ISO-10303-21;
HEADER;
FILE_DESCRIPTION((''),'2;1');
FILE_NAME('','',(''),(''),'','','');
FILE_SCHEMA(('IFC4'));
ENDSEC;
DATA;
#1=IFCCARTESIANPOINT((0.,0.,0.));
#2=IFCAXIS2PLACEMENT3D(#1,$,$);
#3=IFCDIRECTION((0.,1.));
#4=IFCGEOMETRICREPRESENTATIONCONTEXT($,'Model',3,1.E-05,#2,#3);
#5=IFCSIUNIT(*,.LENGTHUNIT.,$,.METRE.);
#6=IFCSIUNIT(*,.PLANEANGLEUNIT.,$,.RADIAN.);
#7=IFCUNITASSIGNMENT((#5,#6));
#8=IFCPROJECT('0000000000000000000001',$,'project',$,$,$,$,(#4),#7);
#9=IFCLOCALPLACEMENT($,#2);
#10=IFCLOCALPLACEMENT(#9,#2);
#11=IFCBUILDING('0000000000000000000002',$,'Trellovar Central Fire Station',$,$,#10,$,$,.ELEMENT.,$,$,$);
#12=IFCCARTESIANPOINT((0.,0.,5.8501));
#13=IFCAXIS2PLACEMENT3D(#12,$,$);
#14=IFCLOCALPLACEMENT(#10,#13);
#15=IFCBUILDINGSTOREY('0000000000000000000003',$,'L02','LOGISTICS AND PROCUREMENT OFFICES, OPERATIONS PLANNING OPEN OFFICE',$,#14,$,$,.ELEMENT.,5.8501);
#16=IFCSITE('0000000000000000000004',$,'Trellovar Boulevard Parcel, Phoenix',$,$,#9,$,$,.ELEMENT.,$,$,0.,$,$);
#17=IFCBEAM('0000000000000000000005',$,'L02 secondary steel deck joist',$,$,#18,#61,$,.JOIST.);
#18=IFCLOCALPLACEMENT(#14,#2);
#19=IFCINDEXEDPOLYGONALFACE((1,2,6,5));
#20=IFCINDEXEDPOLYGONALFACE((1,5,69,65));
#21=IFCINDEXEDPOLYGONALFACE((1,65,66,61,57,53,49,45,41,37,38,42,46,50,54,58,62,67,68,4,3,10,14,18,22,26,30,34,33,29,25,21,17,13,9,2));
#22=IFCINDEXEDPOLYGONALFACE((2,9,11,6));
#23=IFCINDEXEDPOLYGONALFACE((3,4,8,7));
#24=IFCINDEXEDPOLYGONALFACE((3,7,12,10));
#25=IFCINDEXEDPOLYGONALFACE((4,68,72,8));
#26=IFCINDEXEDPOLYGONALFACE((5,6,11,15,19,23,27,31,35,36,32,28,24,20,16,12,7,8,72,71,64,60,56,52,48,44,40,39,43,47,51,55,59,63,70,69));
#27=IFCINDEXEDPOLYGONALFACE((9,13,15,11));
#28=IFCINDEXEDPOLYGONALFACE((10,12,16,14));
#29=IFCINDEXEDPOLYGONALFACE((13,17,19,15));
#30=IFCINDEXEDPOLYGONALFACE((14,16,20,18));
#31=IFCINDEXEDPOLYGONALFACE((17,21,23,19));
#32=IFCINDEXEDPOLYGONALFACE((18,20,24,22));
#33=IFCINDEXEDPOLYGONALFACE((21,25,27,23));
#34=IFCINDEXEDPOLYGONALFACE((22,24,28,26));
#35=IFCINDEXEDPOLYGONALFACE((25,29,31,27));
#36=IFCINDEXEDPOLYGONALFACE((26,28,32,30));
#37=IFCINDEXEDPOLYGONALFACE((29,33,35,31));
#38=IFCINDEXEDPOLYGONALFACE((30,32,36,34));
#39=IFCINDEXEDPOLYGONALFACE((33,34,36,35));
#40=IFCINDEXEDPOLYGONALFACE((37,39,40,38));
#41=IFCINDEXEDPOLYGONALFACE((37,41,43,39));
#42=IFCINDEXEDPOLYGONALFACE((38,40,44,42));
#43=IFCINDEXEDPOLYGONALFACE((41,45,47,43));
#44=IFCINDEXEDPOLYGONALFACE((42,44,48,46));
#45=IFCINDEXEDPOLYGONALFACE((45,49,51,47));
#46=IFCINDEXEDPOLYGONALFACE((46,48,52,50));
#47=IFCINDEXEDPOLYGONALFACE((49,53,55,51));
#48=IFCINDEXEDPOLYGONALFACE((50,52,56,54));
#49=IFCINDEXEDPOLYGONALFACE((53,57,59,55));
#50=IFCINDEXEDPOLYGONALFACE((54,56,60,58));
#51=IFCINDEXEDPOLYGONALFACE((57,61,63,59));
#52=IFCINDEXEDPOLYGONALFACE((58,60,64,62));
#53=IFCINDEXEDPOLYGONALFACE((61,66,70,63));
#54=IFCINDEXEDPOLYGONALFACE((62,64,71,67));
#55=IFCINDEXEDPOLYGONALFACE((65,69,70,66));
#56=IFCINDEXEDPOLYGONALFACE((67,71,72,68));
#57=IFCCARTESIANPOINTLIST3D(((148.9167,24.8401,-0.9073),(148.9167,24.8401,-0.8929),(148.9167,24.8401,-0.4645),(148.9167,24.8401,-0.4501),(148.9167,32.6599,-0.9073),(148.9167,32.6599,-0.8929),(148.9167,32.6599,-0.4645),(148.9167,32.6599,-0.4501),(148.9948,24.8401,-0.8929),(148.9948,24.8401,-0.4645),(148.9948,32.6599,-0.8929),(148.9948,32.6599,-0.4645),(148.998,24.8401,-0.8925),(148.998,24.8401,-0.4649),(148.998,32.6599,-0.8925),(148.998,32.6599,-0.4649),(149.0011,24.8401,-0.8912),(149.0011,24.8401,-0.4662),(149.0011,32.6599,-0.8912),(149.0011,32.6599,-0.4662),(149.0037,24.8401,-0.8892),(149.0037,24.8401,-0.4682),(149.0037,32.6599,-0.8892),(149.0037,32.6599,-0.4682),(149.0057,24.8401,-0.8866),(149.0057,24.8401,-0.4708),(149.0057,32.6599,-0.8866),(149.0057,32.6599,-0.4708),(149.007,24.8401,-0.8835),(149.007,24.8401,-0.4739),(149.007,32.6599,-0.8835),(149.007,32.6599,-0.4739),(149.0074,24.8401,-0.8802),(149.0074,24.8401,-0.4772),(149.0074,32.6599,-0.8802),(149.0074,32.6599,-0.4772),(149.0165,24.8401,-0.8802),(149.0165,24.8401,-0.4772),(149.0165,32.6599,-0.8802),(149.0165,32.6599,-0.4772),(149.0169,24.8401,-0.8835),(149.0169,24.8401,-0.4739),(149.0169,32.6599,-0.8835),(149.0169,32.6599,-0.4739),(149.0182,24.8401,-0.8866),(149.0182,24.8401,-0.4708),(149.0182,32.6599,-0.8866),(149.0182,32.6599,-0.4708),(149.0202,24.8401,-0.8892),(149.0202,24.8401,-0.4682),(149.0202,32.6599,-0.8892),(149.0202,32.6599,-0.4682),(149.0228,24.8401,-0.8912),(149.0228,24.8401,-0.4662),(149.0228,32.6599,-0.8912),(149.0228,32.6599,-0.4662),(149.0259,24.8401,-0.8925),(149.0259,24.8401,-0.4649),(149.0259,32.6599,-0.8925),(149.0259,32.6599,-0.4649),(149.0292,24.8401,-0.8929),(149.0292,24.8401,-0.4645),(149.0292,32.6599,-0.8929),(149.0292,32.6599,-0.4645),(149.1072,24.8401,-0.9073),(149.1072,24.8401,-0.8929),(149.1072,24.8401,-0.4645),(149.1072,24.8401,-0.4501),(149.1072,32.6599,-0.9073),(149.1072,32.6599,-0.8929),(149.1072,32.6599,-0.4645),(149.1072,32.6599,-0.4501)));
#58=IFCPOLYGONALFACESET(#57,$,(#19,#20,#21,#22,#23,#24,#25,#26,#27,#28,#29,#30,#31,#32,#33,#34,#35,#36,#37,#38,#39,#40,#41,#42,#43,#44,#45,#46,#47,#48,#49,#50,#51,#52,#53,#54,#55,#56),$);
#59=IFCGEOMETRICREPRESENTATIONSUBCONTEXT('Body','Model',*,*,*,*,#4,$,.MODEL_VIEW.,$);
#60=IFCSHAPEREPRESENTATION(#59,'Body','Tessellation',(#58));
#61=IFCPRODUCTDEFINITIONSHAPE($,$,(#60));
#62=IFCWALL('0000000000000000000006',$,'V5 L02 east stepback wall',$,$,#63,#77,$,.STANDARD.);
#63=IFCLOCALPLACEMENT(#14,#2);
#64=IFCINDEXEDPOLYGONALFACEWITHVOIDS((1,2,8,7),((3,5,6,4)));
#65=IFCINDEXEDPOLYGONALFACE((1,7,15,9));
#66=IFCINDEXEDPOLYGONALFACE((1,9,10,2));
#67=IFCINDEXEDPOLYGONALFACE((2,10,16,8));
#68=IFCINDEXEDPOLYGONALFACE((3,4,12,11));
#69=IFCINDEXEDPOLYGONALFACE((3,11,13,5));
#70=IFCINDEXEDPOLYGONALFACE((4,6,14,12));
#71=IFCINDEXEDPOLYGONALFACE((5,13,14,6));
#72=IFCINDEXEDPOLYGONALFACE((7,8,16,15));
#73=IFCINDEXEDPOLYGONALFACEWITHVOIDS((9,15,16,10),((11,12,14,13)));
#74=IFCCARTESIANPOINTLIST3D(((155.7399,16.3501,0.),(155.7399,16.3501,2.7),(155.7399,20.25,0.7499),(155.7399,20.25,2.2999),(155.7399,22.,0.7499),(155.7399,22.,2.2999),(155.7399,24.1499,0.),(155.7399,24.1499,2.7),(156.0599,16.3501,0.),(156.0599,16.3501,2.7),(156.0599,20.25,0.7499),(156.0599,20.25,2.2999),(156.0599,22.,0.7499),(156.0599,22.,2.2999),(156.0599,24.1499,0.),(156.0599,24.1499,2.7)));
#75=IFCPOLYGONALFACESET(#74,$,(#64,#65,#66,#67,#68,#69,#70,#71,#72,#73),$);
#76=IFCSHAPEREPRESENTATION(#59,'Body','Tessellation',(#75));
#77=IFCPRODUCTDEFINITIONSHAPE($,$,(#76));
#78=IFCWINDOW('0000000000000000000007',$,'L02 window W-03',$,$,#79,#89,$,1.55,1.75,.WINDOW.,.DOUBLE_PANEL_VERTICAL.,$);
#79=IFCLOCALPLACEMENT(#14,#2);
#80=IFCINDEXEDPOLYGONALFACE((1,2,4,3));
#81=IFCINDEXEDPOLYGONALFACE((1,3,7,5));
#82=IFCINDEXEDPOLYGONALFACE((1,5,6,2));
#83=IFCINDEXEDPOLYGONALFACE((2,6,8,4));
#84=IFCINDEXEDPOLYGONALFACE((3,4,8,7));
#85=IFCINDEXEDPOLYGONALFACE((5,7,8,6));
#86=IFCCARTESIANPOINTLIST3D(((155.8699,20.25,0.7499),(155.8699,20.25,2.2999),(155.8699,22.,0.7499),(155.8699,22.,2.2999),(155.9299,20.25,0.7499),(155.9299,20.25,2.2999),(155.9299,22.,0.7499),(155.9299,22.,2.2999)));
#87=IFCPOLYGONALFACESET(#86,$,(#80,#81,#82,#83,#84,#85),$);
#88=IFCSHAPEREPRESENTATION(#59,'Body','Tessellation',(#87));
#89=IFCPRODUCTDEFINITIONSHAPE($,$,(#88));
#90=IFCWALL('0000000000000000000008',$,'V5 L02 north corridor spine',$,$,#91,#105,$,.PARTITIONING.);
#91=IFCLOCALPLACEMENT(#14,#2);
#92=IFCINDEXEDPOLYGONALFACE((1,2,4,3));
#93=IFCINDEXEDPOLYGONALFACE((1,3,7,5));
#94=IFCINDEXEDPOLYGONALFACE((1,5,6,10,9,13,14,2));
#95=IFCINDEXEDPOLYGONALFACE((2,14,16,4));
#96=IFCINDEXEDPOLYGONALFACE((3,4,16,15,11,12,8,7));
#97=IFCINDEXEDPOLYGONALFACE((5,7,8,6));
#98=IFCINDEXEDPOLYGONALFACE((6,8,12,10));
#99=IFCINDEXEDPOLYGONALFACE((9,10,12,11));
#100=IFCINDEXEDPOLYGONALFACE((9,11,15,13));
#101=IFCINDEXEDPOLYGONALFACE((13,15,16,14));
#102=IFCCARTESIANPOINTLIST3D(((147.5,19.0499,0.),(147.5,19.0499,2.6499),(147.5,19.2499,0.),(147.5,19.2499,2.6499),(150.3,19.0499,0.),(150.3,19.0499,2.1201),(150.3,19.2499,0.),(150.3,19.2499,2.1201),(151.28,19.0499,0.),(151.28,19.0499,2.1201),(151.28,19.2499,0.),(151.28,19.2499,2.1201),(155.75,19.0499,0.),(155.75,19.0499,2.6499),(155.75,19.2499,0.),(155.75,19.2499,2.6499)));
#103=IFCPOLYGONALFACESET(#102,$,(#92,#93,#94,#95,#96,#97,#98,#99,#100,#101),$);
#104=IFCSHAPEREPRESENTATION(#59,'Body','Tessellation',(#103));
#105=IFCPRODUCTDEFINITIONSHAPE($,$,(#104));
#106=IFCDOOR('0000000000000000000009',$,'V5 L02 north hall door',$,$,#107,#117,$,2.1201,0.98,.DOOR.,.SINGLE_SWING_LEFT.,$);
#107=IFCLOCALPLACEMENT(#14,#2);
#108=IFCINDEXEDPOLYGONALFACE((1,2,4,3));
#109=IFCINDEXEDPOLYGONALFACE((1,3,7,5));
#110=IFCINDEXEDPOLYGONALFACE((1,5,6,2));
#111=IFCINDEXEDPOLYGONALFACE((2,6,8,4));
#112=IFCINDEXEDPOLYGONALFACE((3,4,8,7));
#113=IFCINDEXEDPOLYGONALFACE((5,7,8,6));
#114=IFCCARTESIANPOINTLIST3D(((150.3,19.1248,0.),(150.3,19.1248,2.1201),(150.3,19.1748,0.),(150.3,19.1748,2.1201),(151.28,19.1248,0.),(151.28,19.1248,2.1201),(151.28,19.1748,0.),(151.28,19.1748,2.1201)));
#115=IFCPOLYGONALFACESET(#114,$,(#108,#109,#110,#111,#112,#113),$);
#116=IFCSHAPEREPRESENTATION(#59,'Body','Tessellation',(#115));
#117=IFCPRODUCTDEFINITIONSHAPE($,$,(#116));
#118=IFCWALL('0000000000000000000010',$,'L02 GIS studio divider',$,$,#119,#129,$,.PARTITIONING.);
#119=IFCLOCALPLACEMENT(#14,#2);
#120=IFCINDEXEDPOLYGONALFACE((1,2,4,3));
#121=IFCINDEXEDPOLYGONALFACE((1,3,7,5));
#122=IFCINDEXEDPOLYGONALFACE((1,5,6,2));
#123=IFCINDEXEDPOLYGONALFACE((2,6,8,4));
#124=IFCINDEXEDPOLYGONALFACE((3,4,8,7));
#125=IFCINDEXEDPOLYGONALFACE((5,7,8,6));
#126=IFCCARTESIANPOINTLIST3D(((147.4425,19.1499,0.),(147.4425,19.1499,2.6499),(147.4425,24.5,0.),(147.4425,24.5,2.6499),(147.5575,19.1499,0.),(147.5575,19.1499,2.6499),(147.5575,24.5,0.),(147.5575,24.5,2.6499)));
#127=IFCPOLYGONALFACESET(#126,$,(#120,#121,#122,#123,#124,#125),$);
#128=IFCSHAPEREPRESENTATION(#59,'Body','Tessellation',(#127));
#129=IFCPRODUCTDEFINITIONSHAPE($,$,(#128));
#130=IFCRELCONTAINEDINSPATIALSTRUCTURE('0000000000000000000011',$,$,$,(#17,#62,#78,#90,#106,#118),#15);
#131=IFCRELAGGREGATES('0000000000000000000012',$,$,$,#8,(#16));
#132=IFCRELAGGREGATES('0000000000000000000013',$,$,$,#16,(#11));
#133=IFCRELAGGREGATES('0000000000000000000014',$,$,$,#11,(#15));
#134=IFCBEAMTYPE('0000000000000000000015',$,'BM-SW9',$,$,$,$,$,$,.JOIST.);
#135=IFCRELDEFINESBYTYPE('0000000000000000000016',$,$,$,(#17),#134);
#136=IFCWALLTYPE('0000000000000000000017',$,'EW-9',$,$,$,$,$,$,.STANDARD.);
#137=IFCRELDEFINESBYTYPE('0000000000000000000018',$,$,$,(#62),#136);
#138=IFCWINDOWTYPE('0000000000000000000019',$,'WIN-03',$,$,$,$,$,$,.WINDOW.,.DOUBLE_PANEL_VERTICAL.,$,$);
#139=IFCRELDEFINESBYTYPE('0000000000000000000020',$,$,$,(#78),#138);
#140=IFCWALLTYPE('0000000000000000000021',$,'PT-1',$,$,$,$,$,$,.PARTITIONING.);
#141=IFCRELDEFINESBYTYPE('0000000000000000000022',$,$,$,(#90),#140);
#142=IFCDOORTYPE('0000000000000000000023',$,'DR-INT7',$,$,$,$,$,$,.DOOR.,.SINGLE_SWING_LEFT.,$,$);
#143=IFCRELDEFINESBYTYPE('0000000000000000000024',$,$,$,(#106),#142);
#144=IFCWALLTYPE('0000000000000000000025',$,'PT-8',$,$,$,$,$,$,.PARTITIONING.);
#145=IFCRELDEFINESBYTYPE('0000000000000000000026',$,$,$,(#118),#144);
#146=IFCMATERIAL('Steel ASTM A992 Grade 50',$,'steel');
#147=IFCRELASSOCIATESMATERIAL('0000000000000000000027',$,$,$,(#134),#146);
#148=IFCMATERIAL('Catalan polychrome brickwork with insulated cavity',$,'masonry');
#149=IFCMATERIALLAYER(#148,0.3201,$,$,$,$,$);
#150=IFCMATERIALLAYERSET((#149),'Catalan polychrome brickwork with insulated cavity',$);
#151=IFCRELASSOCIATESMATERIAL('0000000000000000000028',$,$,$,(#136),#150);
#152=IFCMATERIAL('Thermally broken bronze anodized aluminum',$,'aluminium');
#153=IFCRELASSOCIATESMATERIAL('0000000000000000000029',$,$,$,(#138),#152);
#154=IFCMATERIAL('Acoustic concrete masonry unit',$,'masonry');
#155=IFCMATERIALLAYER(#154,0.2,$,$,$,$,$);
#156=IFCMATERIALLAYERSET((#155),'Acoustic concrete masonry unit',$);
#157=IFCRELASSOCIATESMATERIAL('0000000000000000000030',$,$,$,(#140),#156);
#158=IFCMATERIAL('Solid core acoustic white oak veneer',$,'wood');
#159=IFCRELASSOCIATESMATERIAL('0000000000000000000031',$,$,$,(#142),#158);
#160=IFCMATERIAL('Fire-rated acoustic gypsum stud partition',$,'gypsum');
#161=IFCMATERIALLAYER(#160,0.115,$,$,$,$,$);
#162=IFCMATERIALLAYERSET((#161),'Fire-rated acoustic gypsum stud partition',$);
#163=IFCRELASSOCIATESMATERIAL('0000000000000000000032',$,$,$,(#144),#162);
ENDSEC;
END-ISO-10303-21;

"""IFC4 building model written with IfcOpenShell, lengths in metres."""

from ifc_helpers import new_model, si_unit, direction, frame, frame_2d, origin, origin_2d, place, context, subcontext, project, spatial, rectangle, i_section, extrude, material, layer, layer_set, material_profile, profile_set, type_object, element, fill, save


model = new_model("IFC4")

# Units and contexts
model_context = context("Model", 3, precision=1e-05, world=origin(), true_north=direction((0.0, 1.0)))
body_context = subcontext(model_context, "Body", "Model", "MODEL_VIEW")
ifc_project = project(units=[si_unit("LENGTHUNIT", "METRE"), si_unit("PLANEANGLEUNIT", "RADIAN")], contexts=[model_context])

# Site, building, storey
site_placement = place(None, origin())
site = spatial("IfcSite", under=ifc_project, at=site_placement, Name="Trellovar Boulevard Parcel, Phoenix", CompositionType="ELEMENT", RefElevation=0.0)
building_placement = place(site_placement, origin())
building = spatial("IfcBuilding", under=site, at=building_placement, Name="Trellovar Central Fire Station", CompositionType="ELEMENT")
storey_placement = place(building_placement, frame((0.0, 0.0, 5.8501)))
storey = spatial("IfcBuildingStorey", under=building, at=storey_placement, Name="L02", Description="LOGISTICS AND PROCUREMENT OFFICES, OPERATIONS PLANNING OPEN OFFICE", CompositionType="ELEMENT", Elevation=5.8501)

# Beam
ifc_material_1 = material(Name="Steel ASTM A992 Grade 50", Category="steel")
ifc_material_profile_1 = material_profile(ifc_material_1, i_section(OverallWidth=0.1904, OverallDepth=0.4573, WebThickness=0.009, FlangeThickness=0.0144, FilletRadius=0.0127, at=origin_2d()), Name="W18X50")
ifc_profile_set_1 = profile_set([ifc_material_profile_1], Name="Steel ASTM A992 Grade 50")
beam_type_1 = type_object("IfcBeamType", Name="BM-SW9", PredefinedType="JOIST", material=ifc_profile_set_1)
beam_placement = place(storey_placement, frame((149.012, 24.8401, -0.6787), z_axis=(0.0, 1.0, 0.0), x_axis=(-1.0, 0.0, 0.0)))
element("IfcBeam", 1, at=beam_placement, inside=storey, type_object=beam_type_1, Name="L02 secondary steel deck joist", PredefinedType="JOIST", context=body_context, shape_type="SweptSolid", body=[
    extrude(i_section(OverallWidth=0.1904, OverallDepth=0.4573, WebThickness=0.009, FlangeThickness=0.0144, FilletRadius=0.0127, at=origin_2d()), origin(), (0.0, 0.0, 1.0), 7.8198),
])

# Wall, opening, window
ifc_material_2 = material(Name="Catalan polychrome brickwork with insulated cavity", Category="masonry")
ifc_layer_1 = layer(ifc_material_2, 0.3201)
ifc_layer_set_1 = layer_set([ifc_layer_1], Name="Catalan polychrome brickwork with insulated cavity")
wall_type_1 = type_object("IfcWallType", Name="EW-9", PredefinedType="STANDARD", material=ifc_layer_set_1)
wall_1_placement = place(storey_placement, frame((155.8999, 16.3501, 0.0), z_axis=(0.0, 0.0, 1.0), x_axis=(0.0, 1.0, 0.0)))
wall_1 = element("IfcWall", 2, at=wall_1_placement, inside=storey, type_object=wall_type_1, Name="V5 L02 east stepback wall", PredefinedType="STANDARD", context=body_context, shape_type="SweptSolid", body=[
    extrude(rectangle(XDim=7.7998, YDim=0.3201, at=frame_2d((3.8999, 0.0))), origin(), (0.0, 0.0, 1.0), 2.7),
])
opening_1_placement = place(wall_1_placement, frame((3.8999, 0.0, 0.75)))
opening_1 = element("IfcOpeningElement", 3, at=opening_1_placement, cuts=wall_1, PredefinedType="OPENING", context=body_context, shape_type="SweptSolid", body=[
    extrude(rectangle(XDim=1.75, YDim=1.55, at=frame_2d((0.875, 0.7749))), frame((0.0, 0.1699, 0.0), z_axis=(0.0, -1.0, 0.0), x_axis=(1.0, 0.0, 0.0)), (0.0, 0.0, 1.0), 0.3401),
])
ifc_material_3 = material(Name="Thermally broken bronze anodized aluminum", Category="aluminium")
window_type = type_object("IfcWindowType", Name="WIN-03", PartitioningType="DOUBLE_PANEL_VERTICAL", PredefinedType="WINDOW", material=ifc_material_3)
window_placement = place(opening_1_placement, origin())
window = element("IfcWindow", 4, at=window_placement, inside=storey, type_object=window_type, Name="L02 window W-03", OverallHeight=1.55, OverallWidth=1.75, PartitioningType="DOUBLE_PANEL_VERTICAL", PredefinedType="WINDOW", context=body_context, shape_type="SweptSolid", body=[
    extrude(rectangle(XDim=1.75, YDim=1.55, at=frame_2d((0.875, 0.7749))), frame((0.0, 0.03, 0.0), z_axis=(0.0, -1.0, 0.0), x_axis=(1.0, 0.0, 0.0)), (0.0, 0.0, 1.0), 0.0601),
])
fill(opening_1, window)

# Wall, opening, door
ifc_material_4 = material(Name="Acoustic concrete masonry unit", Category="masonry")
ifc_layer_2 = layer(ifc_material_4, 0.2)
ifc_layer_set_2 = layer_set([ifc_layer_2], Name="Acoustic concrete masonry unit")
wall_type_2 = type_object("IfcWallType", Name="PT-1", PredefinedType="PARTITIONING", material=ifc_layer_set_2)
wall_2_placement = place(storey_placement, frame((147.5, 19.1499, 0.0), z_axis=(0.0, 0.0, 1.0), x_axis=(1.0, 0.0, 0.0)))
wall_2 = element("IfcWall", 5, at=wall_2_placement, inside=storey, type_object=wall_type_2, Name="V5 L02 north corridor spine", PredefinedType="PARTITIONING", context=body_context, shape_type="SweptSolid", body=[
    extrude(rectangle(XDim=8.25, YDim=0.2, at=frame_2d((4.125, 0.0))), origin(), (0.0, 0.0, 1.0), 2.6499),
])
opening_2_placement = place(wall_2_placement, frame((2.8, 0.0, 0.0)))
opening_2 = element("IfcOpeningElement", 6, at=opening_2_placement, cuts=wall_2, PredefinedType="OPENING", context=body_context, shape_type="SweptSolid", body=[
    extrude(rectangle(XDim=0.98, YDim=2.1201, at=frame_2d((0.49, 1.0601))), frame((0.0, 0.1099, 0.0), z_axis=(0.0, -1.0, 0.0), x_axis=(1.0, 0.0, 0.0)), (0.0, 0.0, 1.0), 0.22),
])
ifc_material_5 = material(Name="Solid core acoustic white oak veneer", Category="wood")
door_type = type_object("IfcDoorType", Name="DR-INT7", OperationType="SINGLE_SWING_LEFT", PredefinedType="DOOR", material=ifc_material_5)
door_placement = place(opening_2_placement, origin())
door = element("IfcDoor", 7, at=door_placement, inside=storey, type_object=door_type, Name="V5 L02 north hall door", OperationType="SINGLE_SWING_LEFT", OverallHeight=2.1201, OverallWidth=0.98, PredefinedType="DOOR", context=body_context, shape_type="SweptSolid", body=[
    extrude(rectangle(XDim=0.98, YDim=2.1201, at=frame_2d((0.49, 1.0601))), frame((0.0, 0.0249, 0.0), z_axis=(0.0, -1.0, 0.0), x_axis=(1.0, 0.0, 0.0)), (0.0, 0.0, 1.0), 0.05),
])
fill(opening_2, door)

# Wall
ifc_material_6 = material(Name="Fire-rated acoustic gypsum stud partition", Category="gypsum")
ifc_layer_3 = layer(ifc_material_6, 0.115)
ifc_layer_set_3 = layer_set([ifc_layer_3], Name="Fire-rated acoustic gypsum stud partition")
wall_type_3 = type_object("IfcWallType", Name="PT-8", PredefinedType="PARTITIONING", material=ifc_layer_set_3)
wall_3_placement = place(storey_placement, frame((147.5, 19.1499, 0.0), z_axis=(0.0, 0.0, 1.0), x_axis=(0.0, 1.0, 0.0)))
element("IfcWall", 8, at=wall_3_placement, inside=storey, type_object=wall_type_3, Name="L02 GIS studio divider", PredefinedType="PARTITIONING", context=body_context, shape_type="SweptSolid", body=[
    extrude(rectangle(XDim=5.3501, YDim=0.115, at=frame_2d((2.675, 0.0))), origin(), (0.0, 0.0, 1.0), 2.6499),
])

save(model, "model.ifc")
